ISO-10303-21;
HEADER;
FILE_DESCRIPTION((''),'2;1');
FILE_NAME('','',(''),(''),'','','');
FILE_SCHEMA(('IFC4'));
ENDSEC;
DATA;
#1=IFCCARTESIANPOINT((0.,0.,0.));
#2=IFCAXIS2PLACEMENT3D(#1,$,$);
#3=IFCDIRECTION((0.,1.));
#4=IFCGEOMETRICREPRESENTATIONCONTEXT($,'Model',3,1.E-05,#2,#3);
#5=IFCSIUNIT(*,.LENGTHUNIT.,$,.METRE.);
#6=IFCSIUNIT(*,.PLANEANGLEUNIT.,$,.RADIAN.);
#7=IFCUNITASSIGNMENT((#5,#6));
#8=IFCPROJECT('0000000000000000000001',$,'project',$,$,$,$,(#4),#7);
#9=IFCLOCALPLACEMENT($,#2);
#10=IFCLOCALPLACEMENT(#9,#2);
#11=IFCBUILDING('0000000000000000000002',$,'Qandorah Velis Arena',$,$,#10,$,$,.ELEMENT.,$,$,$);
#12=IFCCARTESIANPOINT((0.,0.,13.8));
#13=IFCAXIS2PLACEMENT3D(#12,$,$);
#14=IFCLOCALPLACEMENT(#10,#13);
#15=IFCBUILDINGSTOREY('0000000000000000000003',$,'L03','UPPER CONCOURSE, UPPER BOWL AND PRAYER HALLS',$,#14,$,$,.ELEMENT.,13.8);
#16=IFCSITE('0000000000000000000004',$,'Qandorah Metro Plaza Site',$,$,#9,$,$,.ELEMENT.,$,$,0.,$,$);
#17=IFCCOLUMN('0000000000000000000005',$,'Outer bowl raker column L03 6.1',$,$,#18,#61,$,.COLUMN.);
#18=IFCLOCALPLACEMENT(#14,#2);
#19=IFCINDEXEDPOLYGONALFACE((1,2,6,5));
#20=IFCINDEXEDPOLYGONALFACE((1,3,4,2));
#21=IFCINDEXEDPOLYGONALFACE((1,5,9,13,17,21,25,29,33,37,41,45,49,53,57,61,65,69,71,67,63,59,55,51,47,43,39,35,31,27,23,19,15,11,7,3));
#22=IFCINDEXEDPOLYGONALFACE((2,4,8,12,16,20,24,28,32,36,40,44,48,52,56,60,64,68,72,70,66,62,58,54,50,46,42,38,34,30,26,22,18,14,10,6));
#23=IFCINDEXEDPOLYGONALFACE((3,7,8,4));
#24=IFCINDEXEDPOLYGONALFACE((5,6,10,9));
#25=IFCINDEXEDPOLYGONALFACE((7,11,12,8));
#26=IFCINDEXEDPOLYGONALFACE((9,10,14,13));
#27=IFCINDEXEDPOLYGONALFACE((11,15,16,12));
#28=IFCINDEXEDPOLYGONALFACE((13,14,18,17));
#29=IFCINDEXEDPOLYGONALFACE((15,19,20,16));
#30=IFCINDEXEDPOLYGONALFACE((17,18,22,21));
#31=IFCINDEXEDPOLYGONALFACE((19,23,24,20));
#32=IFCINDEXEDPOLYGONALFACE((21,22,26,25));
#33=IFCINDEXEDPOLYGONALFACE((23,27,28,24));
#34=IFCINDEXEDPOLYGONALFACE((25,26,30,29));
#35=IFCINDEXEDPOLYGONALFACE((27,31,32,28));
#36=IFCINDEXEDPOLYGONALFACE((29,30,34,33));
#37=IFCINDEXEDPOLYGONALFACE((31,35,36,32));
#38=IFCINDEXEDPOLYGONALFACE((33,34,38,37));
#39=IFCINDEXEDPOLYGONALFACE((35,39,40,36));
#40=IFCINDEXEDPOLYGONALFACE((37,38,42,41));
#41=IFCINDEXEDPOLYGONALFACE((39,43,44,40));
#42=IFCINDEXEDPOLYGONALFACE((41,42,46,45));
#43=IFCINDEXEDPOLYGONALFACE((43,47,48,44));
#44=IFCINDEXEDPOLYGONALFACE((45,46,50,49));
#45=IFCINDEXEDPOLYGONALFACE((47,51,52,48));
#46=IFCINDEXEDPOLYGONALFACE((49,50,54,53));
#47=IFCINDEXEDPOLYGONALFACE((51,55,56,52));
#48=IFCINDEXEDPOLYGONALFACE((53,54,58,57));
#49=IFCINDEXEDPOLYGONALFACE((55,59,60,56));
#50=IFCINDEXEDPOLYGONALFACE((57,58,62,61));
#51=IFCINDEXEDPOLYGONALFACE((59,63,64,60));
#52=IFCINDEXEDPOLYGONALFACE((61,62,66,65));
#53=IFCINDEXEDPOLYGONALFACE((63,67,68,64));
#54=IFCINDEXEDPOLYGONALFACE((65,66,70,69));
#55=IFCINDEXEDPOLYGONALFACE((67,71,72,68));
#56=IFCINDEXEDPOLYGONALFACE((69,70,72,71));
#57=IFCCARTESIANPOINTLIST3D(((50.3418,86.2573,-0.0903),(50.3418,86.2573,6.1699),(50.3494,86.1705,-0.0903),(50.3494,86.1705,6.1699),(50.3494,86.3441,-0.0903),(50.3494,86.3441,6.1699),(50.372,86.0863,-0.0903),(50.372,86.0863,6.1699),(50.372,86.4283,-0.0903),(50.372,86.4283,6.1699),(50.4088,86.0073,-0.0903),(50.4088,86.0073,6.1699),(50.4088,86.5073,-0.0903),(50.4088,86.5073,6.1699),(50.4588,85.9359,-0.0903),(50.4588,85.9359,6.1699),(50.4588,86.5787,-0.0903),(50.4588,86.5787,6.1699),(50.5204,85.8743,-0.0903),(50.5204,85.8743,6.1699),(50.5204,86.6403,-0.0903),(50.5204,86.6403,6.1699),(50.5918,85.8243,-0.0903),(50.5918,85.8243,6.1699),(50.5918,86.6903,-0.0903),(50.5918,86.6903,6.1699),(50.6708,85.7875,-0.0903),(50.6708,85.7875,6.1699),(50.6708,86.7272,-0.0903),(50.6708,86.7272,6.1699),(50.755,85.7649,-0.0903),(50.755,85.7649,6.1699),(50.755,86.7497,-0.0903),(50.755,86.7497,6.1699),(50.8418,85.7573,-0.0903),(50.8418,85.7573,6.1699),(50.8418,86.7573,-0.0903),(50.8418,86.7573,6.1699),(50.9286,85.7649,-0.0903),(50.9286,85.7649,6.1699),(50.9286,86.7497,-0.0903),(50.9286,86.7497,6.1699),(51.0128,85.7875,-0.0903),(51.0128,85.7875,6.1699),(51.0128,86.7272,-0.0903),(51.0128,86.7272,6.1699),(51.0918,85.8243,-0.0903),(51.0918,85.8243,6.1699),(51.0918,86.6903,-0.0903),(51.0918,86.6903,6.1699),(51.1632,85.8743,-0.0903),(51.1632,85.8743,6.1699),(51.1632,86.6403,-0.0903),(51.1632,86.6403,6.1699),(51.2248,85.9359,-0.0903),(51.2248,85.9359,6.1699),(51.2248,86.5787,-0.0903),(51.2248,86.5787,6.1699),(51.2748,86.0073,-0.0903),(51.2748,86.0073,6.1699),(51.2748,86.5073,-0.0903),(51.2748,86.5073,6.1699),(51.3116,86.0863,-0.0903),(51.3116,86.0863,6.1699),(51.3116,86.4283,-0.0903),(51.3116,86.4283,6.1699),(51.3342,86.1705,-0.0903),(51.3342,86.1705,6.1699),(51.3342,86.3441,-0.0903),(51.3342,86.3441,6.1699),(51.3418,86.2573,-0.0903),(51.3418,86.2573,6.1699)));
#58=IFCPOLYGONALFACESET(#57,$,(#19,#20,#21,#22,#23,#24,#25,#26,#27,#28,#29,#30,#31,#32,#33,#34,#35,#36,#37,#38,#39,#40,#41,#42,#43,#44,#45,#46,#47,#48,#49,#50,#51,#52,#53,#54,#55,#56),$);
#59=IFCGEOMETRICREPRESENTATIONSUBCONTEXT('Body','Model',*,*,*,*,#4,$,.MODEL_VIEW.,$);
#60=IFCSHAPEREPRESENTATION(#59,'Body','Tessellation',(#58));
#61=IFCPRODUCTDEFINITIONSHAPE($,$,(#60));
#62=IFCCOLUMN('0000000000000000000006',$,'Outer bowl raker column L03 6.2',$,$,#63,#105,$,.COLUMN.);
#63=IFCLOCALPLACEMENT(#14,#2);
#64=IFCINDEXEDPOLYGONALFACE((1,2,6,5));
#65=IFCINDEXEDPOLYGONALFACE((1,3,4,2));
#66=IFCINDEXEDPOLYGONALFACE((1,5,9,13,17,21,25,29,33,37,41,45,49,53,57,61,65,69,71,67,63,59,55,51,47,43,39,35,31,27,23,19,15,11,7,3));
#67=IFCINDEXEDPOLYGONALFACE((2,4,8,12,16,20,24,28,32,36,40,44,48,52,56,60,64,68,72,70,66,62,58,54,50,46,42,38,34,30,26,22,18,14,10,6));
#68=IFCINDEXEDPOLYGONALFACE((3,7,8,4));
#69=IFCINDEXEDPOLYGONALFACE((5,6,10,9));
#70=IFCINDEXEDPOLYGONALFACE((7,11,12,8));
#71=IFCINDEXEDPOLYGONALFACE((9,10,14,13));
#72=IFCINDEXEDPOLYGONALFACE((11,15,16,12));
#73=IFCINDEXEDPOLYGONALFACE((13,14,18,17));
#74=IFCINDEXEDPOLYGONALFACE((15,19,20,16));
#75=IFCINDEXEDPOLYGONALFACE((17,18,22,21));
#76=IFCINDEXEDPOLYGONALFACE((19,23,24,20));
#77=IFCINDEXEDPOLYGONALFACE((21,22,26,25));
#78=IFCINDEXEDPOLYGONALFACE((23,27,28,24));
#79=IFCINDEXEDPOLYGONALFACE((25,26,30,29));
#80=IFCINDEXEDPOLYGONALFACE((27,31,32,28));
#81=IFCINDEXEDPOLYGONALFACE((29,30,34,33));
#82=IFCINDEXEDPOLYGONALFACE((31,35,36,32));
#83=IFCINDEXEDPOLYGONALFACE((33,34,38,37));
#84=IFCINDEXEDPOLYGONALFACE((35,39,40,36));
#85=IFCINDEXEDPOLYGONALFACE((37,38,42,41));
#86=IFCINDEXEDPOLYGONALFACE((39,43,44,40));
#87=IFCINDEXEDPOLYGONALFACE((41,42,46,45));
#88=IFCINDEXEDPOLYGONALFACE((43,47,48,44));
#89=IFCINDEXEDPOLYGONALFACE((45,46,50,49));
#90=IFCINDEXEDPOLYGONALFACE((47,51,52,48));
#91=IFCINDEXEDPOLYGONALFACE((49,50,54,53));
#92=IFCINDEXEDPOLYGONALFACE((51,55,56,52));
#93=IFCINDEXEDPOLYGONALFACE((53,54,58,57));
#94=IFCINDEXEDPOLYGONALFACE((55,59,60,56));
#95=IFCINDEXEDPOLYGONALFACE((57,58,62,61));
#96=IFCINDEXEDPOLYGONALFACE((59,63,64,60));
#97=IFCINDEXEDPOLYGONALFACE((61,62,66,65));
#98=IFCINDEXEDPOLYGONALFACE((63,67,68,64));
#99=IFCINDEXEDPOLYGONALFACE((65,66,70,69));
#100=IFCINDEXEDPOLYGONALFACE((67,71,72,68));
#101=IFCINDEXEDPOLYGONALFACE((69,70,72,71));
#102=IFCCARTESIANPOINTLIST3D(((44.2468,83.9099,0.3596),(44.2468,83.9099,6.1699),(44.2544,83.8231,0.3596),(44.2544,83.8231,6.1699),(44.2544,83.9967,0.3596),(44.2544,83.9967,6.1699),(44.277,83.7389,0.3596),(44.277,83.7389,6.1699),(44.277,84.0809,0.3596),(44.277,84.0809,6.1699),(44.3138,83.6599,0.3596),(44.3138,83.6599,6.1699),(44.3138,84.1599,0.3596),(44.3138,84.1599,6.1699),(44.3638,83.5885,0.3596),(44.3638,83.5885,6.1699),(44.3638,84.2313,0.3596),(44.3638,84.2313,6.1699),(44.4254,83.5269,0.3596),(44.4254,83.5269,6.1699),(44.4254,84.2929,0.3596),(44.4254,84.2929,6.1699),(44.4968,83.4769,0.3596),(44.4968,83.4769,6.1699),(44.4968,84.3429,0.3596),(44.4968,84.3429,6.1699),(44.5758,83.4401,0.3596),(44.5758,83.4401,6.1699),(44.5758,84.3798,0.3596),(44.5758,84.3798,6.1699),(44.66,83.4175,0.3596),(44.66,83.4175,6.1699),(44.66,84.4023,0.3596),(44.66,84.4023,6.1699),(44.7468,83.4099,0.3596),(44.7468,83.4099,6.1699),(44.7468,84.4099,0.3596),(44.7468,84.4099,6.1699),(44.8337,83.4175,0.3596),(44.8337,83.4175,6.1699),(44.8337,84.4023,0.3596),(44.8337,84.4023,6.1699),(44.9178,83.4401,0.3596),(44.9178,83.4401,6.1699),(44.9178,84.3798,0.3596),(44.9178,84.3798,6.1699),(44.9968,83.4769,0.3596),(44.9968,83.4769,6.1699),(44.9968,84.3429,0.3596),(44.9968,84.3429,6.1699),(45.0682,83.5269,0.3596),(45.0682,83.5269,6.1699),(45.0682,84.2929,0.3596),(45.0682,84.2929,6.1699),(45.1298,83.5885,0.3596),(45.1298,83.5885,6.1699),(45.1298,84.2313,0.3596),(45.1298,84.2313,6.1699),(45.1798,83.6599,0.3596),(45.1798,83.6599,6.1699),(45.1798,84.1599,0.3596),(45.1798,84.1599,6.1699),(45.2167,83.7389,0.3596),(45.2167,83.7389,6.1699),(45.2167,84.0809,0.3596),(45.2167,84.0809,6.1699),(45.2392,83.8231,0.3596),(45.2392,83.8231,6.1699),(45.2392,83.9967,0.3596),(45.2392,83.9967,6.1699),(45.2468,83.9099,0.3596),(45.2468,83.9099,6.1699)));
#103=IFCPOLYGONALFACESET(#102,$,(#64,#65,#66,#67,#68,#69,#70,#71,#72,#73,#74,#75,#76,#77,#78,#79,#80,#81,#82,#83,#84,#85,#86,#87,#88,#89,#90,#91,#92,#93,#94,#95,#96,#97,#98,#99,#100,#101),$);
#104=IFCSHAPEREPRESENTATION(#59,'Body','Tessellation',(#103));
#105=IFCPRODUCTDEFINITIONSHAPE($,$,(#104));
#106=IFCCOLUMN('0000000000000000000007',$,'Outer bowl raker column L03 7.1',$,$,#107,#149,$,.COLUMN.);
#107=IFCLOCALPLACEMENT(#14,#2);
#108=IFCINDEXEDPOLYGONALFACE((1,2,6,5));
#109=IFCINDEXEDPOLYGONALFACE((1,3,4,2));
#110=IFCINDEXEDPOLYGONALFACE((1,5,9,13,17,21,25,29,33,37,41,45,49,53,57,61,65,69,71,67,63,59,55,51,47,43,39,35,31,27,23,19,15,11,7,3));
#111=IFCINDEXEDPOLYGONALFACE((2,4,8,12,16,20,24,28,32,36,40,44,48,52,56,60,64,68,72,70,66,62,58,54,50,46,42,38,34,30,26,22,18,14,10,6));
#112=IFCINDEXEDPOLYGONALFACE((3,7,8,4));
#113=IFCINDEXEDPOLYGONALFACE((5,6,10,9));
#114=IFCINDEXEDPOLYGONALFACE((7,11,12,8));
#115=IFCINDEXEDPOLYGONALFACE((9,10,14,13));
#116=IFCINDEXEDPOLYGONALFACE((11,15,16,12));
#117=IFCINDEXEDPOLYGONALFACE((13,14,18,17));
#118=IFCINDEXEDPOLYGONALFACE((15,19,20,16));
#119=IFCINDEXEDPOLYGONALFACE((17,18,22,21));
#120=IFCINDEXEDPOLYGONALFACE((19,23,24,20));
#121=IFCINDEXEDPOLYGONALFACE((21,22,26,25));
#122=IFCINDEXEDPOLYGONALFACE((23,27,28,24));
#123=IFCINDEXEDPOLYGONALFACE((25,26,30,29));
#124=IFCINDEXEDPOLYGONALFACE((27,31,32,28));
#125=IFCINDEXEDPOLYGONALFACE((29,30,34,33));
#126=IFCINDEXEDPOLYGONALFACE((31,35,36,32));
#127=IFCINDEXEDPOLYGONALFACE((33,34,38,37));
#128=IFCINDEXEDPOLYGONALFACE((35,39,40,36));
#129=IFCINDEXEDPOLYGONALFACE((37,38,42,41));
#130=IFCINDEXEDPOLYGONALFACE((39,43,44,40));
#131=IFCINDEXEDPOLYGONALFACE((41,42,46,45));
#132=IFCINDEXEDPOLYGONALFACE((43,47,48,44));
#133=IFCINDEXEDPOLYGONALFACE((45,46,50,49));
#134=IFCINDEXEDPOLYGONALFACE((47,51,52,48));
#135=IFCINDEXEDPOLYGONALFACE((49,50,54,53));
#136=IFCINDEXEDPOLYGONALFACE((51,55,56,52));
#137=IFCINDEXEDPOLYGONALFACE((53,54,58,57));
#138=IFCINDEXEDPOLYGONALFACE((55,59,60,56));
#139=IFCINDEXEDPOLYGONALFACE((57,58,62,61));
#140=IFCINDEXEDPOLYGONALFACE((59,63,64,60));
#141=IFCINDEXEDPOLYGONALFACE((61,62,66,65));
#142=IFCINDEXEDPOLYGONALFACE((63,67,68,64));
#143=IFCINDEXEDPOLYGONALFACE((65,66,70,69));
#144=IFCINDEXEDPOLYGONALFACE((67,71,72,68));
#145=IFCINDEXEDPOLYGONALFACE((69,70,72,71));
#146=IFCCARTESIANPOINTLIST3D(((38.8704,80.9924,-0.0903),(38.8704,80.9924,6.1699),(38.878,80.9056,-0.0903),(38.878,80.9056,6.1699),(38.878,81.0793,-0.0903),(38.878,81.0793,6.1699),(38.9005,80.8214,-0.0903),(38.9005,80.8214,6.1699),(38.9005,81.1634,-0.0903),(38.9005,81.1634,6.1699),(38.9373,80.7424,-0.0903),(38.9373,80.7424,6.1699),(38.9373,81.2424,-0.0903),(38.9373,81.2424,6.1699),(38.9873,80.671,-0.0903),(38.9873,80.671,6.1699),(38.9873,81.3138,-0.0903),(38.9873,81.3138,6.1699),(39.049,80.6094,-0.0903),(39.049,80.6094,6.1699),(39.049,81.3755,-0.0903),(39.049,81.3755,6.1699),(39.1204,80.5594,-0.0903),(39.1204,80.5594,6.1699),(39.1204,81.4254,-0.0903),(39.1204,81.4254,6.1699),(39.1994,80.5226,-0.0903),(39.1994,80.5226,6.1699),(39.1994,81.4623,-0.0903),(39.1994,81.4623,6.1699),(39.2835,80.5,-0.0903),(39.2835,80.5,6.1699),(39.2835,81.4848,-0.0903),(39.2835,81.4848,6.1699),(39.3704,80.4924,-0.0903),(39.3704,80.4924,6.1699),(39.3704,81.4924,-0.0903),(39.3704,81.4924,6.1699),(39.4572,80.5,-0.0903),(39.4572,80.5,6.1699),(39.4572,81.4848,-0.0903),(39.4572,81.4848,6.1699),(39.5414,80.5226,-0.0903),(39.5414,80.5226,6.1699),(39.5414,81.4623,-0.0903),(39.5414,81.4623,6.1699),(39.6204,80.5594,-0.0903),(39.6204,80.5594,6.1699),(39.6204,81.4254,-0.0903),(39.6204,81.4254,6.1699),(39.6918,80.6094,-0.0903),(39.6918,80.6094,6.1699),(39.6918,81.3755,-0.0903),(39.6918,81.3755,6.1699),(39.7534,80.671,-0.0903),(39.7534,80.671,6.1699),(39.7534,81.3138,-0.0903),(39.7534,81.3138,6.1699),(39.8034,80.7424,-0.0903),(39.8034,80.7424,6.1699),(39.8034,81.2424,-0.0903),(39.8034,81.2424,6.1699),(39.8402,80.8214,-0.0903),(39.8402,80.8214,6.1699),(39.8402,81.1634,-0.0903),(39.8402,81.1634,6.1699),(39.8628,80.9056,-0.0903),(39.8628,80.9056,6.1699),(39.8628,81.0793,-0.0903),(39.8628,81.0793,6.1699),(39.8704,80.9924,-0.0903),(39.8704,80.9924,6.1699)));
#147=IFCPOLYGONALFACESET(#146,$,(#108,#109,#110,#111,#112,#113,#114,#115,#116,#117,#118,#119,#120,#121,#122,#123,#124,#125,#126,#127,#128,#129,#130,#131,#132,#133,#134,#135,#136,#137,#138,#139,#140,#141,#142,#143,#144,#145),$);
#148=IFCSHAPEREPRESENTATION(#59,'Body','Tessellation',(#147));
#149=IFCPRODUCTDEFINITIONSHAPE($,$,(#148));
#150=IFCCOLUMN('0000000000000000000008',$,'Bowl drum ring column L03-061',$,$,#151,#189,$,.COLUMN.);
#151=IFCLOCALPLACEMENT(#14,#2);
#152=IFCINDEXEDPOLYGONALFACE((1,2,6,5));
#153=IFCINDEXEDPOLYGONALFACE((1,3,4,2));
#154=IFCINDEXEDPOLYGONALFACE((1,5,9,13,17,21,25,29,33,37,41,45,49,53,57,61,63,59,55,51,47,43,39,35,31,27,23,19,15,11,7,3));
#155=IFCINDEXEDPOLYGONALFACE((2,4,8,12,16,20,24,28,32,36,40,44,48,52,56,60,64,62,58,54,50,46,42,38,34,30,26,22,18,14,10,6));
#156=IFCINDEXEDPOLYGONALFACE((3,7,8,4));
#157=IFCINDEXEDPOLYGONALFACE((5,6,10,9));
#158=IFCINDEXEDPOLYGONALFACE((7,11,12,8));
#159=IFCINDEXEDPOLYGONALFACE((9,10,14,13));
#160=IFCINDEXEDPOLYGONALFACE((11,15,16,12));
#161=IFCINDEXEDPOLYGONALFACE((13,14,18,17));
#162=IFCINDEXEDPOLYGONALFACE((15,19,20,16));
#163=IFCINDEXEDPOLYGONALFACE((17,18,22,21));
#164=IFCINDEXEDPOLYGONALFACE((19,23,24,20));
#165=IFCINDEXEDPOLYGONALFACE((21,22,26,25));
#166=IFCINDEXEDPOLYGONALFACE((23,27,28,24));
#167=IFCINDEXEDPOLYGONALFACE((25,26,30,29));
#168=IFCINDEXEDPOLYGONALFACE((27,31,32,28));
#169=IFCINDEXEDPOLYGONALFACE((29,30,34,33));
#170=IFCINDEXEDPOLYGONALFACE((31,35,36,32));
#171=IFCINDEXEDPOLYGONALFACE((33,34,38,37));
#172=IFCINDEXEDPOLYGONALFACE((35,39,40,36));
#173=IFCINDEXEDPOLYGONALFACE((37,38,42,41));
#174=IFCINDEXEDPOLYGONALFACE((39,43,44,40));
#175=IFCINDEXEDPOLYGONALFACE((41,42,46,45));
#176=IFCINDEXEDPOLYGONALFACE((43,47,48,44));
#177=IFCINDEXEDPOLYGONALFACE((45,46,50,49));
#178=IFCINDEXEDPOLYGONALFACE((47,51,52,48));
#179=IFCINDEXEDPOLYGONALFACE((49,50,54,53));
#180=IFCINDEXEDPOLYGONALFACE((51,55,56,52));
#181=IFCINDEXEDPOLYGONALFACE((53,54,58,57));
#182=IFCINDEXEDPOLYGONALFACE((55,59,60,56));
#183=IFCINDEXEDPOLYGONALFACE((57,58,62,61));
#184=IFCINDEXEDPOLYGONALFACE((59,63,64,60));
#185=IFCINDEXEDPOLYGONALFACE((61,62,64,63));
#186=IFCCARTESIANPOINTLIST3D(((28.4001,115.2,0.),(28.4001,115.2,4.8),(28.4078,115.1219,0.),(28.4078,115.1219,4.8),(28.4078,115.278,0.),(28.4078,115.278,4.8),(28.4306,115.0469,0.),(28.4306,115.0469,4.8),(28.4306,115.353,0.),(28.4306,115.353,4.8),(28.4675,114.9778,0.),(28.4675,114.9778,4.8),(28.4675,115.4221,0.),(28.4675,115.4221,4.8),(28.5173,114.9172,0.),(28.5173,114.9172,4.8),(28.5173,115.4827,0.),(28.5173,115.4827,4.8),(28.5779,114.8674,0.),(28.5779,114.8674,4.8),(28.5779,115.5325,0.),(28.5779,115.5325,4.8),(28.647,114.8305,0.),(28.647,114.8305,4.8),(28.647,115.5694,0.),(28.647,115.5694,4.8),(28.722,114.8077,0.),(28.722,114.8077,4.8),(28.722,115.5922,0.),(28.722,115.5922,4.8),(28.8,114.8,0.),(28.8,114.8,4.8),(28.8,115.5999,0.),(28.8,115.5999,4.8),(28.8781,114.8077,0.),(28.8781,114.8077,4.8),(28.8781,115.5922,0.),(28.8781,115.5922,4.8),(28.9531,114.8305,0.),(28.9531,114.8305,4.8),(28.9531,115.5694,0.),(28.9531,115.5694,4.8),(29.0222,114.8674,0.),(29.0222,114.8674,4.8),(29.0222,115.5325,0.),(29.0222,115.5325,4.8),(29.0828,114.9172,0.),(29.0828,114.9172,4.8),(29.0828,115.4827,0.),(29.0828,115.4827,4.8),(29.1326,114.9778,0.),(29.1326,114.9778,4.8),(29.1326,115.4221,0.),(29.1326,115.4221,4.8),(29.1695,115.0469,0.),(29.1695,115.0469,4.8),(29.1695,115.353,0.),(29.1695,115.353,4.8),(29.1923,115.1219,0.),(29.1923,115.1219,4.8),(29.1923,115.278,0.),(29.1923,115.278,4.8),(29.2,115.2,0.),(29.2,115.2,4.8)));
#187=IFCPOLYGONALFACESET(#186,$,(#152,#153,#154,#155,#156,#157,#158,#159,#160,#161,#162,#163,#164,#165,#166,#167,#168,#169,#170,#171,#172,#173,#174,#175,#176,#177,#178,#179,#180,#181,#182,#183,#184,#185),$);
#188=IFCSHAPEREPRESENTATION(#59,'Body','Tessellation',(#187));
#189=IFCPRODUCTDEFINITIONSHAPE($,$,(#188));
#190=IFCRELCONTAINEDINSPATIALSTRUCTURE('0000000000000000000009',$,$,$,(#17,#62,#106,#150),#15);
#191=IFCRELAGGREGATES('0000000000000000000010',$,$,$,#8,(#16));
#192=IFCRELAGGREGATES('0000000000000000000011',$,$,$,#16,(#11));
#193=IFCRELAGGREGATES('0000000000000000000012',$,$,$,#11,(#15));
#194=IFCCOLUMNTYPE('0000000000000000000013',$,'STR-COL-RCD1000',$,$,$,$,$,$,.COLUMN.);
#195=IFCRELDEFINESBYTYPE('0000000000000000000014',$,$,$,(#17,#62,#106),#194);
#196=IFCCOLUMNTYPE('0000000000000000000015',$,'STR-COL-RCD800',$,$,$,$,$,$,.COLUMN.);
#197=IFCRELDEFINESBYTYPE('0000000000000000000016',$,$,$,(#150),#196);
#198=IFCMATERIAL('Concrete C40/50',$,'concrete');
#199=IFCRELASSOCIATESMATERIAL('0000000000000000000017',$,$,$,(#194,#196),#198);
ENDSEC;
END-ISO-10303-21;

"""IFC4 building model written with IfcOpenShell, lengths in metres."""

from ifc_helpers import new_model, si_unit, direction, frame, origin, origin_2d, place, context, subcontext, project, spatial, circle, extrude, material, material_profile, profile_set, type_object, element, save


model = new_model("IFC4")

# Units and contexts
model_context = context("Model", 3, precision=1e-05, world=origin(), true_north=direction((0.0, 1.0)))
body_context = subcontext(model_context, "Body", "Model", "MODEL_VIEW")
ifc_project = project(units=[si_unit("LENGTHUNIT", "METRE"), si_unit("PLANEANGLEUNIT", "RADIAN")], contexts=[model_context])

# Site, building, storey
site_placement = place(None, origin())
site = spatial("IfcSite", under=ifc_project, at=site_placement, Name="Qandorah Metro Plaza Site", CompositionType="ELEMENT", RefElevation=0.0)
building_placement = place(site_placement, origin())
building = spatial("IfcBuilding", under=site, at=building_placement, Name="Qandorah Velis Arena", CompositionType="ELEMENT")
storey_placement = place(building_placement, frame((0.0, 0.0, 13.8)))
storey = spatial("IfcBuildingStorey", under=building, at=storey_placement, Name="L03", Description="UPPER CONCOURSE, UPPER BOWL AND PRAYER HALLS", CompositionType="ELEMENT", Elevation=13.8)

# Columns
ifc_material_1 = material(Name="Concrete C40/50", Category="concrete")
ifc_material_profile_1 = material_profile(ifc_material_1, circle(Radius=0.5, at=origin_2d()), Name="RC D1000")
ifc_profile_set_1 = profile_set([ifc_material_profile_1], Name="Concrete C40/50")
column_type_1 = type_object("IfcColumnType", Name="STR-COL-RCD1000", PredefinedType="COLUMN", material=ifc_profile_set_1)
column_1_placement = place(storey_placement, frame((50.8418, 86.2573, -0.0903), z_axis=(0.0, 0.0, 1.0), x_axis=(1.0, 0.0, 0.0)))
element("IfcColumn", 1, at=column_1_placement, inside=storey, type_object=column_type_1, Name="Outer bowl raker column L03 6.1", PredefinedType="COLUMN", context=body_context, shape_type="SweptSolid", body=[
    extrude(circle(Radius=0.5, at=origin_2d()), origin(), (0.0, 0.0, 1.0), 6.2603),
])
column_2_placement = place(storey_placement, frame((44.7468, 83.9099, 0.3596), z_axis=(0.0, 0.0, 1.0), x_axis=(1.0, 0.0, 0.0)))
element("IfcColumn", 2, at=column_2_placement, inside=storey, type_object=column_type_1, Name="Outer bowl raker column L03 6.2", PredefinedType="COLUMN", context=body_context, shape_type="SweptSolid", body=[
    extrude(circle(Radius=0.5, at=origin_2d()), origin(), (0.0, 0.0, 1.0), 5.8103),
])
column_3_placement = place(storey_placement, frame((39.3704, 80.9924, -0.0903), z_axis=(0.0, 0.0, 1.0), x_axis=(1.0, 0.0, 0.0)))
element("IfcColumn", 3, at=column_3_placement, inside=storey, type_object=column_type_1, Name="Outer bowl raker column L03 7.1", PredefinedType="COLUMN", context=body_context, shape_type="SweptSolid", body=[
    extrude(circle(Radius=0.5, at=origin_2d()), origin(), (0.0, 0.0, 1.0), 6.2603),
])
ifc_material_profile_2 = material_profile(ifc_material_1, circle(Radius=0.3999, at=origin_2d()), Name="RC D800")
ifc_profile_set_2 = profile_set([ifc_material_profile_2], Name="Concrete C40/50")
column_type_2 = type_object("IfcColumnType", Name="STR-COL-RCD800", PredefinedType="COLUMN", material=ifc_profile_set_2)
column_4_placement = place(storey_placement, frame((28.8, 115.2, 0.0), z_axis=(0.0, 0.0, 1.0), x_axis=(1.0, 0.0, 0.0)))
element("IfcColumn", 4, at=column_4_placement, inside=storey, type_object=column_type_2, Name="Bowl drum ring column L03-061", PredefinedType="COLUMN", context=body_context, shape_type="SweptSolid", body=[
    extrude(circle(Radius=0.3999, at=origin_2d()), origin(), (0.0, 0.0, 1.0), 4.8),
])

save(model, "model.ifc")
